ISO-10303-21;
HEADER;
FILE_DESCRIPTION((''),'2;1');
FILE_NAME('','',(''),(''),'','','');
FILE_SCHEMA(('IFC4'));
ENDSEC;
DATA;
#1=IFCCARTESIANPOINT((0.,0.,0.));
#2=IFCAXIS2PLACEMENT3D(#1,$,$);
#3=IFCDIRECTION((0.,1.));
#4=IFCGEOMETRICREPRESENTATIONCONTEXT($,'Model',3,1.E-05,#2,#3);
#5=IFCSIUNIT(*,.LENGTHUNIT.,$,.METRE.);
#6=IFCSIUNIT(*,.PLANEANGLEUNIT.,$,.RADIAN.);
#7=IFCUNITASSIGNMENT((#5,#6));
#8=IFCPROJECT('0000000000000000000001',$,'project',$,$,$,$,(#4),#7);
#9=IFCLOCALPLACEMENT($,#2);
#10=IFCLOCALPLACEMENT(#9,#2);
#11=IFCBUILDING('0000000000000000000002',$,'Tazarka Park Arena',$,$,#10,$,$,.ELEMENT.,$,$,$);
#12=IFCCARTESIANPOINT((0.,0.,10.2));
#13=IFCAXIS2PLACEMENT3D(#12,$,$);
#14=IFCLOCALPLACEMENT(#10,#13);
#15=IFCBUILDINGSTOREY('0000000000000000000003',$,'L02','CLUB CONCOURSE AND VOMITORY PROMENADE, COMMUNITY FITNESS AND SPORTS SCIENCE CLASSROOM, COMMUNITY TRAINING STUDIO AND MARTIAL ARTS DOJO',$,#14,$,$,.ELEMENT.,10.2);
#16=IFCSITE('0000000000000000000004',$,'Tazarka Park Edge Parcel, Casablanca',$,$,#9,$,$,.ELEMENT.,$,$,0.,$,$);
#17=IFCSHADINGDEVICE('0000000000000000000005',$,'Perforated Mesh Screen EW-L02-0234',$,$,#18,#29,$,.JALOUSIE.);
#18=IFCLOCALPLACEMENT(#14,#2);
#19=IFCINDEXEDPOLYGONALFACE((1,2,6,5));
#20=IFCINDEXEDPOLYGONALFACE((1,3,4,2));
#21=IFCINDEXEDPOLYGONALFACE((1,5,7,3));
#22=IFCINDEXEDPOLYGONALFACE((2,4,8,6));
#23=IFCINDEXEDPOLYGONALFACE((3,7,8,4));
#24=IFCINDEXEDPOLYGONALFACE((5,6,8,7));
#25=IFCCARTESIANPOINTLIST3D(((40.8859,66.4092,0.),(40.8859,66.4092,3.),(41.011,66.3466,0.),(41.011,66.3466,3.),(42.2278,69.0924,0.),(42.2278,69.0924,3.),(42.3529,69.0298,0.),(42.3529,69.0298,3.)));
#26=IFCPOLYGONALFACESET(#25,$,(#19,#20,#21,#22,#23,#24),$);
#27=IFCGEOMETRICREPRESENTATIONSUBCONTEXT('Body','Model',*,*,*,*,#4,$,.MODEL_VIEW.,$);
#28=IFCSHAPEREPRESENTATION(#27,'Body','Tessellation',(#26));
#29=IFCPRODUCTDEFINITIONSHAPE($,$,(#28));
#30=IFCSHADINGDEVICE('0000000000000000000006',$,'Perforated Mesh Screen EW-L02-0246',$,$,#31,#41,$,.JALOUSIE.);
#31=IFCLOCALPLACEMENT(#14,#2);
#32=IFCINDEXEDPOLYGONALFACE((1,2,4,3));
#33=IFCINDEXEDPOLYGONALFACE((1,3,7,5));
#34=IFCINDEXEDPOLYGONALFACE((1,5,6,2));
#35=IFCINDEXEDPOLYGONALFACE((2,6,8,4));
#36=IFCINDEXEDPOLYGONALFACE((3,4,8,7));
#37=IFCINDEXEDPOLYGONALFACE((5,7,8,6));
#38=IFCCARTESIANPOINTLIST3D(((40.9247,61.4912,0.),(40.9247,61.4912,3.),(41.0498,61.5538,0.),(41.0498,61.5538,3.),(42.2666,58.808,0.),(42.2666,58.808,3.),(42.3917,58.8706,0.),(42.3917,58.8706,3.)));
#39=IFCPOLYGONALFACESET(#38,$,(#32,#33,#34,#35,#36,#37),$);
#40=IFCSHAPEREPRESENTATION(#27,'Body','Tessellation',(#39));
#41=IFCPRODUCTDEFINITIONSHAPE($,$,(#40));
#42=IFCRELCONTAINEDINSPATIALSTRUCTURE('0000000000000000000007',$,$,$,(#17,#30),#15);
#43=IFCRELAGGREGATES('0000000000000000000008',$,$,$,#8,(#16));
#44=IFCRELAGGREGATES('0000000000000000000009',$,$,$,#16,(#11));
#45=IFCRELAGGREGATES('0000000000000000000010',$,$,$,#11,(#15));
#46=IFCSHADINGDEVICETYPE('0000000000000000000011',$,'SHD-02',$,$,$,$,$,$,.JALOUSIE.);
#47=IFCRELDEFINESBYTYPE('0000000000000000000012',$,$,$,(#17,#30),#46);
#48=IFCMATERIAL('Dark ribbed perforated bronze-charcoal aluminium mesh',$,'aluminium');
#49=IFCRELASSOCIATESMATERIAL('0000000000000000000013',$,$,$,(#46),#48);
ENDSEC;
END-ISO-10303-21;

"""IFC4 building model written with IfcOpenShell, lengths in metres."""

from ifc_helpers import new_model, si_unit, direction, frame, origin, origin_2d, place, context, subcontext, project, spatial, rectangle, extrude, material, type_object, element, save


model = new_model("IFC4")

# Units and contexts
model_context = context("Model", 3, precision=1e-05, world=origin(), true_north=direction((0.0, 1.0)))
body_context = subcontext(model_context, "Body", "Model", "MODEL_VIEW")
ifc_project = project(units=[si_unit("LENGTHUNIT", "METRE"), si_unit("PLANEANGLEUNIT", "RADIAN")], contexts=[model_context])

# Site, building, storey
site_placement = place(None, origin())
site = spatial("IfcSite", under=ifc_project, at=site_placement, Name="Tazarka Park Edge Parcel, Casablanca", CompositionType="ELEMENT", RefElevation=0.0)
building_placement = place(site_placement, origin())
building = spatial("IfcBuilding", under=site, at=building_placement, Name="Tazarka Park Arena", CompositionType="ELEMENT")
storey_placement = place(building_placement, frame((0.0, 0.0, 10.2)))
storey = spatial("IfcBuildingStorey", under=building, at=storey_placement, Name="L02", Description="CLUB CONCOURSE AND VOMITORY PROMENADE, COMMUNITY FITNESS AND SPORTS SCIENCE CLASSROOM, COMMUNITY TRAINING STUDIO AND MARTIAL ARTS DOJO", CompositionType="ELEMENT", Elevation=10.2)

# Shading devices
ifc_material_1 = material(Name="Dark ribbed perforated bronze-charcoal aluminium mesh", Category="aluminium")
shading_device_type = type_object("IfcShadingDeviceType", Name="SHD-02", PredefinedType="JALOUSIE", material=ifc_material_1)
for number, where, z_axis, x_axis, name in (
    (1, (41.6194, 67.7195, 0.0), (0.0, 0.0, 1.0), (0.447291, 0.894389, 0.0), "Perforated Mesh Screen EW-L02-0234"),
    (2, (41.6582, 60.1809, 0.0), (0.0, 0.0, 1.0), (-0.447291, 0.894389, 0.0), "Perforated Mesh Screen EW-L02-0246"),
):
    element("IfcShadingDevice", number, at=place(storey_placement, frame(where, z_axis=z_axis, x_axis=x_axis)), inside=storey, type_object=shading_device_type, Name=name, PredefinedType="JALOUSIE", context=body_context, shape_type="SweptSolid", body=[
        extrude(rectangle(XDim=3.0, YDim=0.1399, at=origin_2d()), origin(), (0.0, 0.0, 1.0), 3.0),
    ])

save(model, "model.ifc")
